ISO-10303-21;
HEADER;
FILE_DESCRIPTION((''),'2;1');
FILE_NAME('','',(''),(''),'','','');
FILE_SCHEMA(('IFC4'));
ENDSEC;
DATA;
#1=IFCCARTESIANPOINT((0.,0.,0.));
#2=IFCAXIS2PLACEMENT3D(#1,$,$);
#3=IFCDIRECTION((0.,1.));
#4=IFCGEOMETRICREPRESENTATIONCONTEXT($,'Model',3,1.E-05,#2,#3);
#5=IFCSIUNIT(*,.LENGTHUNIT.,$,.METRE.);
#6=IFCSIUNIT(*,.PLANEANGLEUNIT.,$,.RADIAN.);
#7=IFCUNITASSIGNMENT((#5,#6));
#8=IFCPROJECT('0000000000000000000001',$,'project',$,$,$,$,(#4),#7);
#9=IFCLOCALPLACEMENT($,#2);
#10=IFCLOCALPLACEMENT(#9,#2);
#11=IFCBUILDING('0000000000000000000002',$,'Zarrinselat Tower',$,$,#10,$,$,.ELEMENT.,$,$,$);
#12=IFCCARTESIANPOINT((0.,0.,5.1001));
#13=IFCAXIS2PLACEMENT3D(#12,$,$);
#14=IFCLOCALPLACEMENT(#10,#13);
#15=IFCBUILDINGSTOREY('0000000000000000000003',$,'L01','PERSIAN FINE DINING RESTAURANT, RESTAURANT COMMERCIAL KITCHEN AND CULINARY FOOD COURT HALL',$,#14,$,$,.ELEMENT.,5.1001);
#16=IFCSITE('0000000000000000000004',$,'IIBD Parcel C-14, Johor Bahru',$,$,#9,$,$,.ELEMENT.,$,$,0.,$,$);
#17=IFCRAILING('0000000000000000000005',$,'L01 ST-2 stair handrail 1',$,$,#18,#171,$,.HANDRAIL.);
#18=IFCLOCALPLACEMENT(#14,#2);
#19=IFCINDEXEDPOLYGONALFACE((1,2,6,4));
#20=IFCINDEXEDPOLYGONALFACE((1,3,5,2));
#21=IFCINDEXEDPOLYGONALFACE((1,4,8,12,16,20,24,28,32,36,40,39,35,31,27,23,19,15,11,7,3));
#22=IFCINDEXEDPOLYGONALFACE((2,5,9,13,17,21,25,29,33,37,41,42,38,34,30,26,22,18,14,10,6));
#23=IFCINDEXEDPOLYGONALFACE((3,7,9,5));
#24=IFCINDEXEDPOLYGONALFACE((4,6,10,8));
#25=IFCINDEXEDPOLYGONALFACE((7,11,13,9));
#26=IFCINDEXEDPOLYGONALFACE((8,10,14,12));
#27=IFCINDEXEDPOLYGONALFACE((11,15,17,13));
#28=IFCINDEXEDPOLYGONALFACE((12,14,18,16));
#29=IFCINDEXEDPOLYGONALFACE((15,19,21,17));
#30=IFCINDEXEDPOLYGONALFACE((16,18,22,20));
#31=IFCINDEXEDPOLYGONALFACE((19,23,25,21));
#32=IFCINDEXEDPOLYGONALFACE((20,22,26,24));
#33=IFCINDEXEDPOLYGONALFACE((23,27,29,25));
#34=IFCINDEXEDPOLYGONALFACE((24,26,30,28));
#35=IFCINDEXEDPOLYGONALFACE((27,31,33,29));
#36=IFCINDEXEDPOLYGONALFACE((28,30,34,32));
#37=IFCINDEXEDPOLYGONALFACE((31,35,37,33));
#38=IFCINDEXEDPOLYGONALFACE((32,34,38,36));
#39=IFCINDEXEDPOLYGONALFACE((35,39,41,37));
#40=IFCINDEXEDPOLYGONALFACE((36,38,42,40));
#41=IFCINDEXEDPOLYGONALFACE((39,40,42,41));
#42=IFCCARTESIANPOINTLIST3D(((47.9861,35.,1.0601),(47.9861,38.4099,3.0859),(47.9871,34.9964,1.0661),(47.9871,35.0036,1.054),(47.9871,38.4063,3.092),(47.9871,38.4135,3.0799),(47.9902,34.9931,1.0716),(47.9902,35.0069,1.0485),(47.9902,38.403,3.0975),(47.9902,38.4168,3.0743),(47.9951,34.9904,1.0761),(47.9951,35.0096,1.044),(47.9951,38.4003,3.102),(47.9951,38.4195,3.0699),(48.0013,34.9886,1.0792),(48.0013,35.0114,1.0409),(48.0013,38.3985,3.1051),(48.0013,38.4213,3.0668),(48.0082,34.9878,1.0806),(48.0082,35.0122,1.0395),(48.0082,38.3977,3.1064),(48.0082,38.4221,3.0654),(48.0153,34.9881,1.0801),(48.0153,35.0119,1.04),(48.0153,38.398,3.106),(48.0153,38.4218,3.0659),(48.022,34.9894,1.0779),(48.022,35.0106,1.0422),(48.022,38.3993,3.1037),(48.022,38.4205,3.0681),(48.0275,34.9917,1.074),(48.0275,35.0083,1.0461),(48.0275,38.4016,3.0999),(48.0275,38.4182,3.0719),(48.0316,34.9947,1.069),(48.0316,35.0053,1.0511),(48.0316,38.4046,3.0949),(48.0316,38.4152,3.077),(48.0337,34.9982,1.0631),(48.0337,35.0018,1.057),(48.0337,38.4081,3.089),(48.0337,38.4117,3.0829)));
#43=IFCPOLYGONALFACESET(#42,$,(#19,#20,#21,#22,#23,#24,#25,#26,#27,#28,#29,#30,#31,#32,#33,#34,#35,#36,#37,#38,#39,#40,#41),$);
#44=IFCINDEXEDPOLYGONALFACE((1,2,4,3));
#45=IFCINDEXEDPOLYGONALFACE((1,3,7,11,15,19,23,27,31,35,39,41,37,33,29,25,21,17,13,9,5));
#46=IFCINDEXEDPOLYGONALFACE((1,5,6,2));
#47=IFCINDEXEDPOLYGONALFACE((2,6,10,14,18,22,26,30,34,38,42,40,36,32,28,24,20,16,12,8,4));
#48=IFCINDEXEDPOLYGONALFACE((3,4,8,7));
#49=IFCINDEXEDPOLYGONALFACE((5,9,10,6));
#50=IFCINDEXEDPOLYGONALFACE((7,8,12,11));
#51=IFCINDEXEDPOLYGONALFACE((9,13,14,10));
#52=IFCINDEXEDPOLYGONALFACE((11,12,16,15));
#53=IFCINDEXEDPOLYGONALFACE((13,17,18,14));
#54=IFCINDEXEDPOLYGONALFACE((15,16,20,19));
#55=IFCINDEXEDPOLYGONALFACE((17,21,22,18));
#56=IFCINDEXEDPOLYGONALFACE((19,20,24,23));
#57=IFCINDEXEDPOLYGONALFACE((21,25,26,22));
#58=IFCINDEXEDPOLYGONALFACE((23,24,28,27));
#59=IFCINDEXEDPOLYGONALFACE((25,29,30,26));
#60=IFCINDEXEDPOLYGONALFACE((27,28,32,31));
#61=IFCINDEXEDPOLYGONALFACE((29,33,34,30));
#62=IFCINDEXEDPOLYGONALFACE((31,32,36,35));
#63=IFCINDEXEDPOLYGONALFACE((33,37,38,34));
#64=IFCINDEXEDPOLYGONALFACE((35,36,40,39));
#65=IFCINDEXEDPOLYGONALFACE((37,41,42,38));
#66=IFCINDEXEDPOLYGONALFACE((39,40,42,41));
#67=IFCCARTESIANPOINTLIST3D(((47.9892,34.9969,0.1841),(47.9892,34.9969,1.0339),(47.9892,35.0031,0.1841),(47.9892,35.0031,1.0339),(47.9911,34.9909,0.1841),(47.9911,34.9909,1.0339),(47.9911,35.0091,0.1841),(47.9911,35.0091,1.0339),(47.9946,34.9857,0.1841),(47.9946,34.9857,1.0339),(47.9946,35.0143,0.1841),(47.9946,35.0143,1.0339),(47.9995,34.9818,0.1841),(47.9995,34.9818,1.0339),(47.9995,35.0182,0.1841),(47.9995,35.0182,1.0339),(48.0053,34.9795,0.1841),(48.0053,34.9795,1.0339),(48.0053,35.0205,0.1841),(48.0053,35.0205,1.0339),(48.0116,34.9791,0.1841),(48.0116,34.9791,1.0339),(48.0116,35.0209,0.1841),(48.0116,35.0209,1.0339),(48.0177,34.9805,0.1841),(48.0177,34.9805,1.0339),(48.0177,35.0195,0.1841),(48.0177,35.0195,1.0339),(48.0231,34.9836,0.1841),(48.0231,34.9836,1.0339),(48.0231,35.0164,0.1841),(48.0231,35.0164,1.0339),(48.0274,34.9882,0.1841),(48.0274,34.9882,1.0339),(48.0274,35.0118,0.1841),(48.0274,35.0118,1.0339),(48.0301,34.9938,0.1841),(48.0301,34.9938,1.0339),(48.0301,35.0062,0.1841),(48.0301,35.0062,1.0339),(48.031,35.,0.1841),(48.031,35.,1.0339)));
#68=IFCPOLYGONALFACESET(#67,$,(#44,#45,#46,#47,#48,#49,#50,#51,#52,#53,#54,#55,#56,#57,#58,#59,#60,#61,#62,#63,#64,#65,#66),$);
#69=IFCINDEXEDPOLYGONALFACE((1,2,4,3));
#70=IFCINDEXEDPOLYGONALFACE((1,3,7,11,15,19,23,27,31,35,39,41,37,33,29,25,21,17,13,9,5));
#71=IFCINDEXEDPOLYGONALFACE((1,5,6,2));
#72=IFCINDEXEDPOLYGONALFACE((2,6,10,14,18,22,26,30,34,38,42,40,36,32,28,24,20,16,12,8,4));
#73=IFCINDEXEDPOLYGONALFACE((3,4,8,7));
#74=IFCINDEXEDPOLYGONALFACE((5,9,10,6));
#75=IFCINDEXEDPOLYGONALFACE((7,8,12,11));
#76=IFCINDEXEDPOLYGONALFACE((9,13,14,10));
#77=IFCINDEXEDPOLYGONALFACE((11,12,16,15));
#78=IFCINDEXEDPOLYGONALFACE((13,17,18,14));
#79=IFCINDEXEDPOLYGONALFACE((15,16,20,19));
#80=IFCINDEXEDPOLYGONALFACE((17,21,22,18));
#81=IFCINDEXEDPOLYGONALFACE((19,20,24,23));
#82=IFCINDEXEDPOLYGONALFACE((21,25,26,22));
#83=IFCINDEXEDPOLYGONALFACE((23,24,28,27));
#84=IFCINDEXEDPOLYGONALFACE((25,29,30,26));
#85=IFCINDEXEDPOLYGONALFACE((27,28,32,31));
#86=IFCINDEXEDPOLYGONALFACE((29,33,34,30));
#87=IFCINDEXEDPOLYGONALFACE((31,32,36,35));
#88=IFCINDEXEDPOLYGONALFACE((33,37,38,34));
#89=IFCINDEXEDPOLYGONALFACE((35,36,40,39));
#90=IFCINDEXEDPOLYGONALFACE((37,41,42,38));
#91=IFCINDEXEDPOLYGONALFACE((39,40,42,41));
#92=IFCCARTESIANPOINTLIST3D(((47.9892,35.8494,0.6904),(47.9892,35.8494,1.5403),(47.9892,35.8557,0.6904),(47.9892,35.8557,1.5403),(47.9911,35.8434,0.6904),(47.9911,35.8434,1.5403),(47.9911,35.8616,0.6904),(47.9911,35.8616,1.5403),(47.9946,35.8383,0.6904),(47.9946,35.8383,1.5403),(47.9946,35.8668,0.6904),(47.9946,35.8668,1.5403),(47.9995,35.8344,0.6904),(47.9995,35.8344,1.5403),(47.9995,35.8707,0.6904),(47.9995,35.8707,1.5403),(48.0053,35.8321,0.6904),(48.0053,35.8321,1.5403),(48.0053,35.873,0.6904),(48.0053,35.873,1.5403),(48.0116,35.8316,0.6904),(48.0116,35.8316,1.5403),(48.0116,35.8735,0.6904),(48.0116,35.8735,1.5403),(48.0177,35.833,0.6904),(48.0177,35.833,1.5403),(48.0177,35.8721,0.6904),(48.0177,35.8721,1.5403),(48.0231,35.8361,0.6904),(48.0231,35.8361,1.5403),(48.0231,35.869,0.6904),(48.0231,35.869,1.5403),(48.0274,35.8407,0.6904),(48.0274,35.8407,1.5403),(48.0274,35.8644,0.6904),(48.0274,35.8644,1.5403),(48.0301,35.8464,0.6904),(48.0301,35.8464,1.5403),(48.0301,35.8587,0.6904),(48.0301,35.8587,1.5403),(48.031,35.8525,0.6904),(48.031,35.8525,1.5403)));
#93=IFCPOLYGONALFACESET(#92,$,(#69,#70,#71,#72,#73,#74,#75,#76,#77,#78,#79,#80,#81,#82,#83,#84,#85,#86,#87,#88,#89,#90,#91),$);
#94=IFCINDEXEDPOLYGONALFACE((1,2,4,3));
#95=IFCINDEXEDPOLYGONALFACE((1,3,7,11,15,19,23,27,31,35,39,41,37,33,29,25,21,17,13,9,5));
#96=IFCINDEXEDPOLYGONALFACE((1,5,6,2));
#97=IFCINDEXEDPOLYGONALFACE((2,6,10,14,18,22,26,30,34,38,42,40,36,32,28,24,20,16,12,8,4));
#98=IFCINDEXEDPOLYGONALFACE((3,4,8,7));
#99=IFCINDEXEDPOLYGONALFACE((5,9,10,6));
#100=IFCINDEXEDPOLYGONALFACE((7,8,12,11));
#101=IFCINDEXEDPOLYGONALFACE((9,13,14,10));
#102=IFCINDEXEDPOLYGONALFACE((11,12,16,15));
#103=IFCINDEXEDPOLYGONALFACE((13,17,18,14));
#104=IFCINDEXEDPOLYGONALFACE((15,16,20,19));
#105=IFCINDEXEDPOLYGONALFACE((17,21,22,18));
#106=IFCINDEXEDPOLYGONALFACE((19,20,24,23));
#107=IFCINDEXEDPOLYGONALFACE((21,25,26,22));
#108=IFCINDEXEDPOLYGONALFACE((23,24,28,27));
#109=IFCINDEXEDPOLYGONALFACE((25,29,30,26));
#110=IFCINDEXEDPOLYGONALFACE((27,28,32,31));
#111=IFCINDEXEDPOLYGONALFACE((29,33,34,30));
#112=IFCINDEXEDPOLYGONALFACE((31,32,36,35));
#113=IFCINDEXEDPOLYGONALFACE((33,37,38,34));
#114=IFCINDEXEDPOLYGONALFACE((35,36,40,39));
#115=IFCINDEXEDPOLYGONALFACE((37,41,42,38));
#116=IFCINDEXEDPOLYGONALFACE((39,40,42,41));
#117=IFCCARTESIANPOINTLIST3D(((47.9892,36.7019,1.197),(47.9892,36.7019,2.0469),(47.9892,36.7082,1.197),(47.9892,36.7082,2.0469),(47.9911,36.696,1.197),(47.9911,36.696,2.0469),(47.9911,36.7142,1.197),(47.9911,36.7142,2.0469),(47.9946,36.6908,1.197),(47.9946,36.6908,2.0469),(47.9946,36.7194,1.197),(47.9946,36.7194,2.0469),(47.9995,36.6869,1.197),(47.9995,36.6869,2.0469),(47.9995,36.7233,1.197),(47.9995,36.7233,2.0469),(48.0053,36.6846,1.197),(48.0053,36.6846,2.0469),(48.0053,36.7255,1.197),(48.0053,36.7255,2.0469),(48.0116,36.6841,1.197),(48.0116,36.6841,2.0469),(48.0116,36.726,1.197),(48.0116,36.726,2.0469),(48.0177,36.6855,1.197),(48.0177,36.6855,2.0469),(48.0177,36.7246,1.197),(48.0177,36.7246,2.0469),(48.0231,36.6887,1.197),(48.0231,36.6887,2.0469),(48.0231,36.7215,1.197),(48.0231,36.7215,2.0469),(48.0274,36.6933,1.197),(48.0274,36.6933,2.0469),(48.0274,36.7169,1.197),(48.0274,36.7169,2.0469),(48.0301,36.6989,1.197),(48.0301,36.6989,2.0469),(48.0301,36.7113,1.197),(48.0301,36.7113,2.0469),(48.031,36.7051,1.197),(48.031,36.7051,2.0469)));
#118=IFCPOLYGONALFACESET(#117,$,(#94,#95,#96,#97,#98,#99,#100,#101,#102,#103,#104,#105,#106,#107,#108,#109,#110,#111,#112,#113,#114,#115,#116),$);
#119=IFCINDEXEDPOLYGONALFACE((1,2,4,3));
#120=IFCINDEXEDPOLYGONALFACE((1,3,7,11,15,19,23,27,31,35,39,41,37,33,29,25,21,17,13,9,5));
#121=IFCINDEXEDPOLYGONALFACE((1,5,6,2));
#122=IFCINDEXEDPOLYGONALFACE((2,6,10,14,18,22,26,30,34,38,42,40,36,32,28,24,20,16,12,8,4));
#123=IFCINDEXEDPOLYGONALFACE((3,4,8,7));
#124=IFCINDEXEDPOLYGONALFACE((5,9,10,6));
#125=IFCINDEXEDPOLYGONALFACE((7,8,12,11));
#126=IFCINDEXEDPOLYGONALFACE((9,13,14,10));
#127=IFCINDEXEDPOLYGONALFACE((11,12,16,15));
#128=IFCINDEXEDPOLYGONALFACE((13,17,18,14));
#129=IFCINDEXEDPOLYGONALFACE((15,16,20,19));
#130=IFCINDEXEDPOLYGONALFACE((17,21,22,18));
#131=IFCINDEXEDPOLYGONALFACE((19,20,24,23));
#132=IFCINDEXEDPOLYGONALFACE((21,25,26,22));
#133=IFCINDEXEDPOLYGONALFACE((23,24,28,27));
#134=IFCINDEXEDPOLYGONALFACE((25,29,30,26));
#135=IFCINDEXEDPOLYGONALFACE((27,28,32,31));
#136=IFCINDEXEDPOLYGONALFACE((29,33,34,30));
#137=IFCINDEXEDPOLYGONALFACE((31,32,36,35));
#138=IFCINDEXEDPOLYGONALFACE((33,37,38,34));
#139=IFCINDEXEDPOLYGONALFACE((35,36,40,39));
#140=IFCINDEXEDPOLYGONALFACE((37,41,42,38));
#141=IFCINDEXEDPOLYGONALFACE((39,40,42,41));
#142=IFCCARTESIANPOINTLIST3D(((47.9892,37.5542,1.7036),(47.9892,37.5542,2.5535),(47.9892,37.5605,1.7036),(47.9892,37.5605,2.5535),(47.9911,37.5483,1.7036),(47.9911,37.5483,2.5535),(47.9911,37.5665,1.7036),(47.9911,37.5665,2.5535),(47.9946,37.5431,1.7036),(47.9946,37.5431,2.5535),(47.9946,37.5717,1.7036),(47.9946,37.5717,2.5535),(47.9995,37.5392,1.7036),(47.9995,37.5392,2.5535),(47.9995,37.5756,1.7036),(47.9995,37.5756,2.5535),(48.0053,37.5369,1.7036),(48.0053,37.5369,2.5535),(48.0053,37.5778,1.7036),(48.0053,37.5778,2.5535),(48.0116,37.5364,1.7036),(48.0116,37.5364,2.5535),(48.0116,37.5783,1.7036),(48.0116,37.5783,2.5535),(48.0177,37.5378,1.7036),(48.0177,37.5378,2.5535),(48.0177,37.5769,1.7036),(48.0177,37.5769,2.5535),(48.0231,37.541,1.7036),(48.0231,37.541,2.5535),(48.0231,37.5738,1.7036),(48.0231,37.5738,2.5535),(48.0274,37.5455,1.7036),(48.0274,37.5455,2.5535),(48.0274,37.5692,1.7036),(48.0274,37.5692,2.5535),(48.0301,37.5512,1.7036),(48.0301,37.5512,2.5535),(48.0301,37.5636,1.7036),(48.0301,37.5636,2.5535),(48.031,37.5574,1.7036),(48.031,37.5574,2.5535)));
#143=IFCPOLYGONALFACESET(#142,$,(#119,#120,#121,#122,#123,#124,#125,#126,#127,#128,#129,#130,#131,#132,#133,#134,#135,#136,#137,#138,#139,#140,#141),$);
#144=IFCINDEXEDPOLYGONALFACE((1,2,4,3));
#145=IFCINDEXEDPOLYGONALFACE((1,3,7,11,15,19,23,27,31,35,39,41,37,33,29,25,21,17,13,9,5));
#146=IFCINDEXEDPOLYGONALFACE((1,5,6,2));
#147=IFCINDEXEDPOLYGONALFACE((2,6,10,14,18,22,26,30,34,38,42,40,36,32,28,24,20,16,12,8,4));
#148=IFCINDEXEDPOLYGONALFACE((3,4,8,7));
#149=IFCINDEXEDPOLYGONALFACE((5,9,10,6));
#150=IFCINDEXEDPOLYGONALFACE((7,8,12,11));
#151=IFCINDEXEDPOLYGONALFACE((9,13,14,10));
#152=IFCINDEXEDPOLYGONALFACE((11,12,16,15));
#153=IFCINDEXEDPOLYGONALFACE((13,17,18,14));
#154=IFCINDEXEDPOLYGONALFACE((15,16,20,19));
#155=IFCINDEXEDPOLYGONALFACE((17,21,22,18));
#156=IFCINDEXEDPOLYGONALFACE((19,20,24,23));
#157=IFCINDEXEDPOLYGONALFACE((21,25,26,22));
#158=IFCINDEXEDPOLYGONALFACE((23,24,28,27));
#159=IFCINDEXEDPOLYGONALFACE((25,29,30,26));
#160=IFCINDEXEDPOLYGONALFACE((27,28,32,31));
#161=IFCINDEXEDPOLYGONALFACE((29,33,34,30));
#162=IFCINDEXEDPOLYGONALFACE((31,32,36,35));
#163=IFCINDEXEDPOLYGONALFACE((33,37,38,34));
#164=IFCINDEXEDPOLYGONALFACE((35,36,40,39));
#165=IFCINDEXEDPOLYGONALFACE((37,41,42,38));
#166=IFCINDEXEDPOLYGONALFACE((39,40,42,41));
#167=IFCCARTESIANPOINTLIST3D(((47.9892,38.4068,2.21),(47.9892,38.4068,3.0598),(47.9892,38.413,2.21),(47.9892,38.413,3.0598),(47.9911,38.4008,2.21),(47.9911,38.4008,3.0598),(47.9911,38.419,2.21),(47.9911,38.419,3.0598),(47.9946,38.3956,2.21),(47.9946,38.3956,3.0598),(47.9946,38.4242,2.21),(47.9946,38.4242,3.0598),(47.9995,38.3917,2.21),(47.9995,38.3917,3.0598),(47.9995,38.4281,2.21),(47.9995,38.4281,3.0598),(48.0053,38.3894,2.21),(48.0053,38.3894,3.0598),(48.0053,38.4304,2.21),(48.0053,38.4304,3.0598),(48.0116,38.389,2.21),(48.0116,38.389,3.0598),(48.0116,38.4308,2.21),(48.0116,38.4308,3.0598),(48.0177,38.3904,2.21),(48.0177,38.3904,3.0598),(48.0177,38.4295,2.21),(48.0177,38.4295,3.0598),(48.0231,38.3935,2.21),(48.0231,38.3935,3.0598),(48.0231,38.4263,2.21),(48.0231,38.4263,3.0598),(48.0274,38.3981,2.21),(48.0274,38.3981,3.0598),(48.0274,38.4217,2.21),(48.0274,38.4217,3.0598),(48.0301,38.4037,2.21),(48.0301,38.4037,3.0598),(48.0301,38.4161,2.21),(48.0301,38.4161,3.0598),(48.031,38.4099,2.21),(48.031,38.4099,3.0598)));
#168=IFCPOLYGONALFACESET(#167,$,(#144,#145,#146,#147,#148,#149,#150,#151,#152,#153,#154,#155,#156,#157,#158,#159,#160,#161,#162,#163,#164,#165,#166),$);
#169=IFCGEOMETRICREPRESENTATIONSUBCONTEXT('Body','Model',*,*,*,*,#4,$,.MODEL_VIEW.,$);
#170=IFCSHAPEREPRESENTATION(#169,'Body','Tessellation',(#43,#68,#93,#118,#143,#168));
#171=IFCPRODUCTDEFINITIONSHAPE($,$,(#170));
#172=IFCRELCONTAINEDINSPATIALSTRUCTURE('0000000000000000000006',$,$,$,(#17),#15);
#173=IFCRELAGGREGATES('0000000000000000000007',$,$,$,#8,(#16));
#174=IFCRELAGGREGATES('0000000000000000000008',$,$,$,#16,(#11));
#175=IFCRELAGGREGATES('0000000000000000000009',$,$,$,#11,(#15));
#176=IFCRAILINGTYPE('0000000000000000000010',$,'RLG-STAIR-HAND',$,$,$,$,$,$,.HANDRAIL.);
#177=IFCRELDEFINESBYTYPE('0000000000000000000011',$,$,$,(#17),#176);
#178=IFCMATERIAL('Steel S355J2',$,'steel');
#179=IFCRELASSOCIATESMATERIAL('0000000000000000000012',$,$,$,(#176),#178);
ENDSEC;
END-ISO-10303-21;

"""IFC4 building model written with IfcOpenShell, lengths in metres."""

from ifc_helpers import new_model, si_unit, direction, frame, origin, origin_2d, place, context, subcontext, project, spatial, circle, extrude, material, type_object, element, save


model = new_model("IFC4")

# Units and contexts
model_context = context("Model", 3, precision=1e-05, world=origin(), true_north=direction((0.0, 1.0)))
body_context = subcontext(model_context, "Body", "Model", "MODEL_VIEW")
ifc_project = project(units=[si_unit("LENGTHUNIT", "METRE"), si_unit("PLANEANGLEUNIT", "RADIAN")], contexts=[model_context])

# Site, building, storey
site_placement = place(None, origin())
site = spatial("IfcSite", under=ifc_project, at=site_placement, Name="IIBD Parcel C-14, Johor Bahru", CompositionType="ELEMENT", RefElevation=0.0)
building_placement = place(site_placement, origin())
building = spatial("IfcBuilding", under=site, at=building_placement, Name="Zarrinselat Tower", CompositionType="ELEMENT")
storey_placement = place(building_placement, frame((0.0, 0.0, 5.1001)))
storey = spatial("IfcBuildingStorey", under=building, at=storey_placement, Name="L01", Description="PERSIAN FINE DINING RESTAURANT, RESTAURANT COMMERCIAL KITCHEN AND CULINARY FOOD COURT HALL", CompositionType="ELEMENT", Elevation=5.1001)

# Railing
ifc_material_1 = material(Name="Steel S355J2", Category="steel")
railing_type_1 = type_object("IfcRailingType", Name="RLG-STAIR-HAND", PredefinedType="HANDRAIL", material=ifc_material_1)
railing_1_placement = place(storey_placement, frame((48.01, 35.0, 0.1841)))
element("IfcRailing", 1, at=railing_1_placement, inside=storey, type_object=railing_type_1, Name="L01 ST-2 stair handrail 1", PredefinedType="HANDRAIL", context=body_context, shape_type="SweptSolid", body=[
    extrude(circle(Radius=0.0239, at=origin_2d()), frame((0.0, 0.0, 0.876), z_axis=(0.0, 0.859717, 0.510771), x_axis=(-1.0, 0.0, 0.0)), (0.0, 0.0, 1.0), 3.9663),
    extrude(circle(Radius=0.021, at=origin_2d()), origin(), (0.0, 0.0, 1.0), 0.8499),
    extrude(circle(Radius=0.021, at=origin_2d()), frame((0.0, 0.8525, 0.5063)), (0.0, 0.0, 1.0), 0.8499),
    extrude(circle(Radius=0.021, at=origin_2d()), frame((0.0, 1.7051, 1.0129)), (0.0, 0.0, 1.0), 0.8499),
    extrude(circle(Radius=0.021, at=origin_2d()), frame((0.0, 2.5574, 1.5195)), (0.0, 0.0, 1.0), 0.8499),
    extrude(circle(Radius=0.021, at=origin_2d()), frame((0.0, 3.4099, 2.0259)), (0.0, 0.0, 1.0), 0.8499),
])

save(model, "model.ifc")
